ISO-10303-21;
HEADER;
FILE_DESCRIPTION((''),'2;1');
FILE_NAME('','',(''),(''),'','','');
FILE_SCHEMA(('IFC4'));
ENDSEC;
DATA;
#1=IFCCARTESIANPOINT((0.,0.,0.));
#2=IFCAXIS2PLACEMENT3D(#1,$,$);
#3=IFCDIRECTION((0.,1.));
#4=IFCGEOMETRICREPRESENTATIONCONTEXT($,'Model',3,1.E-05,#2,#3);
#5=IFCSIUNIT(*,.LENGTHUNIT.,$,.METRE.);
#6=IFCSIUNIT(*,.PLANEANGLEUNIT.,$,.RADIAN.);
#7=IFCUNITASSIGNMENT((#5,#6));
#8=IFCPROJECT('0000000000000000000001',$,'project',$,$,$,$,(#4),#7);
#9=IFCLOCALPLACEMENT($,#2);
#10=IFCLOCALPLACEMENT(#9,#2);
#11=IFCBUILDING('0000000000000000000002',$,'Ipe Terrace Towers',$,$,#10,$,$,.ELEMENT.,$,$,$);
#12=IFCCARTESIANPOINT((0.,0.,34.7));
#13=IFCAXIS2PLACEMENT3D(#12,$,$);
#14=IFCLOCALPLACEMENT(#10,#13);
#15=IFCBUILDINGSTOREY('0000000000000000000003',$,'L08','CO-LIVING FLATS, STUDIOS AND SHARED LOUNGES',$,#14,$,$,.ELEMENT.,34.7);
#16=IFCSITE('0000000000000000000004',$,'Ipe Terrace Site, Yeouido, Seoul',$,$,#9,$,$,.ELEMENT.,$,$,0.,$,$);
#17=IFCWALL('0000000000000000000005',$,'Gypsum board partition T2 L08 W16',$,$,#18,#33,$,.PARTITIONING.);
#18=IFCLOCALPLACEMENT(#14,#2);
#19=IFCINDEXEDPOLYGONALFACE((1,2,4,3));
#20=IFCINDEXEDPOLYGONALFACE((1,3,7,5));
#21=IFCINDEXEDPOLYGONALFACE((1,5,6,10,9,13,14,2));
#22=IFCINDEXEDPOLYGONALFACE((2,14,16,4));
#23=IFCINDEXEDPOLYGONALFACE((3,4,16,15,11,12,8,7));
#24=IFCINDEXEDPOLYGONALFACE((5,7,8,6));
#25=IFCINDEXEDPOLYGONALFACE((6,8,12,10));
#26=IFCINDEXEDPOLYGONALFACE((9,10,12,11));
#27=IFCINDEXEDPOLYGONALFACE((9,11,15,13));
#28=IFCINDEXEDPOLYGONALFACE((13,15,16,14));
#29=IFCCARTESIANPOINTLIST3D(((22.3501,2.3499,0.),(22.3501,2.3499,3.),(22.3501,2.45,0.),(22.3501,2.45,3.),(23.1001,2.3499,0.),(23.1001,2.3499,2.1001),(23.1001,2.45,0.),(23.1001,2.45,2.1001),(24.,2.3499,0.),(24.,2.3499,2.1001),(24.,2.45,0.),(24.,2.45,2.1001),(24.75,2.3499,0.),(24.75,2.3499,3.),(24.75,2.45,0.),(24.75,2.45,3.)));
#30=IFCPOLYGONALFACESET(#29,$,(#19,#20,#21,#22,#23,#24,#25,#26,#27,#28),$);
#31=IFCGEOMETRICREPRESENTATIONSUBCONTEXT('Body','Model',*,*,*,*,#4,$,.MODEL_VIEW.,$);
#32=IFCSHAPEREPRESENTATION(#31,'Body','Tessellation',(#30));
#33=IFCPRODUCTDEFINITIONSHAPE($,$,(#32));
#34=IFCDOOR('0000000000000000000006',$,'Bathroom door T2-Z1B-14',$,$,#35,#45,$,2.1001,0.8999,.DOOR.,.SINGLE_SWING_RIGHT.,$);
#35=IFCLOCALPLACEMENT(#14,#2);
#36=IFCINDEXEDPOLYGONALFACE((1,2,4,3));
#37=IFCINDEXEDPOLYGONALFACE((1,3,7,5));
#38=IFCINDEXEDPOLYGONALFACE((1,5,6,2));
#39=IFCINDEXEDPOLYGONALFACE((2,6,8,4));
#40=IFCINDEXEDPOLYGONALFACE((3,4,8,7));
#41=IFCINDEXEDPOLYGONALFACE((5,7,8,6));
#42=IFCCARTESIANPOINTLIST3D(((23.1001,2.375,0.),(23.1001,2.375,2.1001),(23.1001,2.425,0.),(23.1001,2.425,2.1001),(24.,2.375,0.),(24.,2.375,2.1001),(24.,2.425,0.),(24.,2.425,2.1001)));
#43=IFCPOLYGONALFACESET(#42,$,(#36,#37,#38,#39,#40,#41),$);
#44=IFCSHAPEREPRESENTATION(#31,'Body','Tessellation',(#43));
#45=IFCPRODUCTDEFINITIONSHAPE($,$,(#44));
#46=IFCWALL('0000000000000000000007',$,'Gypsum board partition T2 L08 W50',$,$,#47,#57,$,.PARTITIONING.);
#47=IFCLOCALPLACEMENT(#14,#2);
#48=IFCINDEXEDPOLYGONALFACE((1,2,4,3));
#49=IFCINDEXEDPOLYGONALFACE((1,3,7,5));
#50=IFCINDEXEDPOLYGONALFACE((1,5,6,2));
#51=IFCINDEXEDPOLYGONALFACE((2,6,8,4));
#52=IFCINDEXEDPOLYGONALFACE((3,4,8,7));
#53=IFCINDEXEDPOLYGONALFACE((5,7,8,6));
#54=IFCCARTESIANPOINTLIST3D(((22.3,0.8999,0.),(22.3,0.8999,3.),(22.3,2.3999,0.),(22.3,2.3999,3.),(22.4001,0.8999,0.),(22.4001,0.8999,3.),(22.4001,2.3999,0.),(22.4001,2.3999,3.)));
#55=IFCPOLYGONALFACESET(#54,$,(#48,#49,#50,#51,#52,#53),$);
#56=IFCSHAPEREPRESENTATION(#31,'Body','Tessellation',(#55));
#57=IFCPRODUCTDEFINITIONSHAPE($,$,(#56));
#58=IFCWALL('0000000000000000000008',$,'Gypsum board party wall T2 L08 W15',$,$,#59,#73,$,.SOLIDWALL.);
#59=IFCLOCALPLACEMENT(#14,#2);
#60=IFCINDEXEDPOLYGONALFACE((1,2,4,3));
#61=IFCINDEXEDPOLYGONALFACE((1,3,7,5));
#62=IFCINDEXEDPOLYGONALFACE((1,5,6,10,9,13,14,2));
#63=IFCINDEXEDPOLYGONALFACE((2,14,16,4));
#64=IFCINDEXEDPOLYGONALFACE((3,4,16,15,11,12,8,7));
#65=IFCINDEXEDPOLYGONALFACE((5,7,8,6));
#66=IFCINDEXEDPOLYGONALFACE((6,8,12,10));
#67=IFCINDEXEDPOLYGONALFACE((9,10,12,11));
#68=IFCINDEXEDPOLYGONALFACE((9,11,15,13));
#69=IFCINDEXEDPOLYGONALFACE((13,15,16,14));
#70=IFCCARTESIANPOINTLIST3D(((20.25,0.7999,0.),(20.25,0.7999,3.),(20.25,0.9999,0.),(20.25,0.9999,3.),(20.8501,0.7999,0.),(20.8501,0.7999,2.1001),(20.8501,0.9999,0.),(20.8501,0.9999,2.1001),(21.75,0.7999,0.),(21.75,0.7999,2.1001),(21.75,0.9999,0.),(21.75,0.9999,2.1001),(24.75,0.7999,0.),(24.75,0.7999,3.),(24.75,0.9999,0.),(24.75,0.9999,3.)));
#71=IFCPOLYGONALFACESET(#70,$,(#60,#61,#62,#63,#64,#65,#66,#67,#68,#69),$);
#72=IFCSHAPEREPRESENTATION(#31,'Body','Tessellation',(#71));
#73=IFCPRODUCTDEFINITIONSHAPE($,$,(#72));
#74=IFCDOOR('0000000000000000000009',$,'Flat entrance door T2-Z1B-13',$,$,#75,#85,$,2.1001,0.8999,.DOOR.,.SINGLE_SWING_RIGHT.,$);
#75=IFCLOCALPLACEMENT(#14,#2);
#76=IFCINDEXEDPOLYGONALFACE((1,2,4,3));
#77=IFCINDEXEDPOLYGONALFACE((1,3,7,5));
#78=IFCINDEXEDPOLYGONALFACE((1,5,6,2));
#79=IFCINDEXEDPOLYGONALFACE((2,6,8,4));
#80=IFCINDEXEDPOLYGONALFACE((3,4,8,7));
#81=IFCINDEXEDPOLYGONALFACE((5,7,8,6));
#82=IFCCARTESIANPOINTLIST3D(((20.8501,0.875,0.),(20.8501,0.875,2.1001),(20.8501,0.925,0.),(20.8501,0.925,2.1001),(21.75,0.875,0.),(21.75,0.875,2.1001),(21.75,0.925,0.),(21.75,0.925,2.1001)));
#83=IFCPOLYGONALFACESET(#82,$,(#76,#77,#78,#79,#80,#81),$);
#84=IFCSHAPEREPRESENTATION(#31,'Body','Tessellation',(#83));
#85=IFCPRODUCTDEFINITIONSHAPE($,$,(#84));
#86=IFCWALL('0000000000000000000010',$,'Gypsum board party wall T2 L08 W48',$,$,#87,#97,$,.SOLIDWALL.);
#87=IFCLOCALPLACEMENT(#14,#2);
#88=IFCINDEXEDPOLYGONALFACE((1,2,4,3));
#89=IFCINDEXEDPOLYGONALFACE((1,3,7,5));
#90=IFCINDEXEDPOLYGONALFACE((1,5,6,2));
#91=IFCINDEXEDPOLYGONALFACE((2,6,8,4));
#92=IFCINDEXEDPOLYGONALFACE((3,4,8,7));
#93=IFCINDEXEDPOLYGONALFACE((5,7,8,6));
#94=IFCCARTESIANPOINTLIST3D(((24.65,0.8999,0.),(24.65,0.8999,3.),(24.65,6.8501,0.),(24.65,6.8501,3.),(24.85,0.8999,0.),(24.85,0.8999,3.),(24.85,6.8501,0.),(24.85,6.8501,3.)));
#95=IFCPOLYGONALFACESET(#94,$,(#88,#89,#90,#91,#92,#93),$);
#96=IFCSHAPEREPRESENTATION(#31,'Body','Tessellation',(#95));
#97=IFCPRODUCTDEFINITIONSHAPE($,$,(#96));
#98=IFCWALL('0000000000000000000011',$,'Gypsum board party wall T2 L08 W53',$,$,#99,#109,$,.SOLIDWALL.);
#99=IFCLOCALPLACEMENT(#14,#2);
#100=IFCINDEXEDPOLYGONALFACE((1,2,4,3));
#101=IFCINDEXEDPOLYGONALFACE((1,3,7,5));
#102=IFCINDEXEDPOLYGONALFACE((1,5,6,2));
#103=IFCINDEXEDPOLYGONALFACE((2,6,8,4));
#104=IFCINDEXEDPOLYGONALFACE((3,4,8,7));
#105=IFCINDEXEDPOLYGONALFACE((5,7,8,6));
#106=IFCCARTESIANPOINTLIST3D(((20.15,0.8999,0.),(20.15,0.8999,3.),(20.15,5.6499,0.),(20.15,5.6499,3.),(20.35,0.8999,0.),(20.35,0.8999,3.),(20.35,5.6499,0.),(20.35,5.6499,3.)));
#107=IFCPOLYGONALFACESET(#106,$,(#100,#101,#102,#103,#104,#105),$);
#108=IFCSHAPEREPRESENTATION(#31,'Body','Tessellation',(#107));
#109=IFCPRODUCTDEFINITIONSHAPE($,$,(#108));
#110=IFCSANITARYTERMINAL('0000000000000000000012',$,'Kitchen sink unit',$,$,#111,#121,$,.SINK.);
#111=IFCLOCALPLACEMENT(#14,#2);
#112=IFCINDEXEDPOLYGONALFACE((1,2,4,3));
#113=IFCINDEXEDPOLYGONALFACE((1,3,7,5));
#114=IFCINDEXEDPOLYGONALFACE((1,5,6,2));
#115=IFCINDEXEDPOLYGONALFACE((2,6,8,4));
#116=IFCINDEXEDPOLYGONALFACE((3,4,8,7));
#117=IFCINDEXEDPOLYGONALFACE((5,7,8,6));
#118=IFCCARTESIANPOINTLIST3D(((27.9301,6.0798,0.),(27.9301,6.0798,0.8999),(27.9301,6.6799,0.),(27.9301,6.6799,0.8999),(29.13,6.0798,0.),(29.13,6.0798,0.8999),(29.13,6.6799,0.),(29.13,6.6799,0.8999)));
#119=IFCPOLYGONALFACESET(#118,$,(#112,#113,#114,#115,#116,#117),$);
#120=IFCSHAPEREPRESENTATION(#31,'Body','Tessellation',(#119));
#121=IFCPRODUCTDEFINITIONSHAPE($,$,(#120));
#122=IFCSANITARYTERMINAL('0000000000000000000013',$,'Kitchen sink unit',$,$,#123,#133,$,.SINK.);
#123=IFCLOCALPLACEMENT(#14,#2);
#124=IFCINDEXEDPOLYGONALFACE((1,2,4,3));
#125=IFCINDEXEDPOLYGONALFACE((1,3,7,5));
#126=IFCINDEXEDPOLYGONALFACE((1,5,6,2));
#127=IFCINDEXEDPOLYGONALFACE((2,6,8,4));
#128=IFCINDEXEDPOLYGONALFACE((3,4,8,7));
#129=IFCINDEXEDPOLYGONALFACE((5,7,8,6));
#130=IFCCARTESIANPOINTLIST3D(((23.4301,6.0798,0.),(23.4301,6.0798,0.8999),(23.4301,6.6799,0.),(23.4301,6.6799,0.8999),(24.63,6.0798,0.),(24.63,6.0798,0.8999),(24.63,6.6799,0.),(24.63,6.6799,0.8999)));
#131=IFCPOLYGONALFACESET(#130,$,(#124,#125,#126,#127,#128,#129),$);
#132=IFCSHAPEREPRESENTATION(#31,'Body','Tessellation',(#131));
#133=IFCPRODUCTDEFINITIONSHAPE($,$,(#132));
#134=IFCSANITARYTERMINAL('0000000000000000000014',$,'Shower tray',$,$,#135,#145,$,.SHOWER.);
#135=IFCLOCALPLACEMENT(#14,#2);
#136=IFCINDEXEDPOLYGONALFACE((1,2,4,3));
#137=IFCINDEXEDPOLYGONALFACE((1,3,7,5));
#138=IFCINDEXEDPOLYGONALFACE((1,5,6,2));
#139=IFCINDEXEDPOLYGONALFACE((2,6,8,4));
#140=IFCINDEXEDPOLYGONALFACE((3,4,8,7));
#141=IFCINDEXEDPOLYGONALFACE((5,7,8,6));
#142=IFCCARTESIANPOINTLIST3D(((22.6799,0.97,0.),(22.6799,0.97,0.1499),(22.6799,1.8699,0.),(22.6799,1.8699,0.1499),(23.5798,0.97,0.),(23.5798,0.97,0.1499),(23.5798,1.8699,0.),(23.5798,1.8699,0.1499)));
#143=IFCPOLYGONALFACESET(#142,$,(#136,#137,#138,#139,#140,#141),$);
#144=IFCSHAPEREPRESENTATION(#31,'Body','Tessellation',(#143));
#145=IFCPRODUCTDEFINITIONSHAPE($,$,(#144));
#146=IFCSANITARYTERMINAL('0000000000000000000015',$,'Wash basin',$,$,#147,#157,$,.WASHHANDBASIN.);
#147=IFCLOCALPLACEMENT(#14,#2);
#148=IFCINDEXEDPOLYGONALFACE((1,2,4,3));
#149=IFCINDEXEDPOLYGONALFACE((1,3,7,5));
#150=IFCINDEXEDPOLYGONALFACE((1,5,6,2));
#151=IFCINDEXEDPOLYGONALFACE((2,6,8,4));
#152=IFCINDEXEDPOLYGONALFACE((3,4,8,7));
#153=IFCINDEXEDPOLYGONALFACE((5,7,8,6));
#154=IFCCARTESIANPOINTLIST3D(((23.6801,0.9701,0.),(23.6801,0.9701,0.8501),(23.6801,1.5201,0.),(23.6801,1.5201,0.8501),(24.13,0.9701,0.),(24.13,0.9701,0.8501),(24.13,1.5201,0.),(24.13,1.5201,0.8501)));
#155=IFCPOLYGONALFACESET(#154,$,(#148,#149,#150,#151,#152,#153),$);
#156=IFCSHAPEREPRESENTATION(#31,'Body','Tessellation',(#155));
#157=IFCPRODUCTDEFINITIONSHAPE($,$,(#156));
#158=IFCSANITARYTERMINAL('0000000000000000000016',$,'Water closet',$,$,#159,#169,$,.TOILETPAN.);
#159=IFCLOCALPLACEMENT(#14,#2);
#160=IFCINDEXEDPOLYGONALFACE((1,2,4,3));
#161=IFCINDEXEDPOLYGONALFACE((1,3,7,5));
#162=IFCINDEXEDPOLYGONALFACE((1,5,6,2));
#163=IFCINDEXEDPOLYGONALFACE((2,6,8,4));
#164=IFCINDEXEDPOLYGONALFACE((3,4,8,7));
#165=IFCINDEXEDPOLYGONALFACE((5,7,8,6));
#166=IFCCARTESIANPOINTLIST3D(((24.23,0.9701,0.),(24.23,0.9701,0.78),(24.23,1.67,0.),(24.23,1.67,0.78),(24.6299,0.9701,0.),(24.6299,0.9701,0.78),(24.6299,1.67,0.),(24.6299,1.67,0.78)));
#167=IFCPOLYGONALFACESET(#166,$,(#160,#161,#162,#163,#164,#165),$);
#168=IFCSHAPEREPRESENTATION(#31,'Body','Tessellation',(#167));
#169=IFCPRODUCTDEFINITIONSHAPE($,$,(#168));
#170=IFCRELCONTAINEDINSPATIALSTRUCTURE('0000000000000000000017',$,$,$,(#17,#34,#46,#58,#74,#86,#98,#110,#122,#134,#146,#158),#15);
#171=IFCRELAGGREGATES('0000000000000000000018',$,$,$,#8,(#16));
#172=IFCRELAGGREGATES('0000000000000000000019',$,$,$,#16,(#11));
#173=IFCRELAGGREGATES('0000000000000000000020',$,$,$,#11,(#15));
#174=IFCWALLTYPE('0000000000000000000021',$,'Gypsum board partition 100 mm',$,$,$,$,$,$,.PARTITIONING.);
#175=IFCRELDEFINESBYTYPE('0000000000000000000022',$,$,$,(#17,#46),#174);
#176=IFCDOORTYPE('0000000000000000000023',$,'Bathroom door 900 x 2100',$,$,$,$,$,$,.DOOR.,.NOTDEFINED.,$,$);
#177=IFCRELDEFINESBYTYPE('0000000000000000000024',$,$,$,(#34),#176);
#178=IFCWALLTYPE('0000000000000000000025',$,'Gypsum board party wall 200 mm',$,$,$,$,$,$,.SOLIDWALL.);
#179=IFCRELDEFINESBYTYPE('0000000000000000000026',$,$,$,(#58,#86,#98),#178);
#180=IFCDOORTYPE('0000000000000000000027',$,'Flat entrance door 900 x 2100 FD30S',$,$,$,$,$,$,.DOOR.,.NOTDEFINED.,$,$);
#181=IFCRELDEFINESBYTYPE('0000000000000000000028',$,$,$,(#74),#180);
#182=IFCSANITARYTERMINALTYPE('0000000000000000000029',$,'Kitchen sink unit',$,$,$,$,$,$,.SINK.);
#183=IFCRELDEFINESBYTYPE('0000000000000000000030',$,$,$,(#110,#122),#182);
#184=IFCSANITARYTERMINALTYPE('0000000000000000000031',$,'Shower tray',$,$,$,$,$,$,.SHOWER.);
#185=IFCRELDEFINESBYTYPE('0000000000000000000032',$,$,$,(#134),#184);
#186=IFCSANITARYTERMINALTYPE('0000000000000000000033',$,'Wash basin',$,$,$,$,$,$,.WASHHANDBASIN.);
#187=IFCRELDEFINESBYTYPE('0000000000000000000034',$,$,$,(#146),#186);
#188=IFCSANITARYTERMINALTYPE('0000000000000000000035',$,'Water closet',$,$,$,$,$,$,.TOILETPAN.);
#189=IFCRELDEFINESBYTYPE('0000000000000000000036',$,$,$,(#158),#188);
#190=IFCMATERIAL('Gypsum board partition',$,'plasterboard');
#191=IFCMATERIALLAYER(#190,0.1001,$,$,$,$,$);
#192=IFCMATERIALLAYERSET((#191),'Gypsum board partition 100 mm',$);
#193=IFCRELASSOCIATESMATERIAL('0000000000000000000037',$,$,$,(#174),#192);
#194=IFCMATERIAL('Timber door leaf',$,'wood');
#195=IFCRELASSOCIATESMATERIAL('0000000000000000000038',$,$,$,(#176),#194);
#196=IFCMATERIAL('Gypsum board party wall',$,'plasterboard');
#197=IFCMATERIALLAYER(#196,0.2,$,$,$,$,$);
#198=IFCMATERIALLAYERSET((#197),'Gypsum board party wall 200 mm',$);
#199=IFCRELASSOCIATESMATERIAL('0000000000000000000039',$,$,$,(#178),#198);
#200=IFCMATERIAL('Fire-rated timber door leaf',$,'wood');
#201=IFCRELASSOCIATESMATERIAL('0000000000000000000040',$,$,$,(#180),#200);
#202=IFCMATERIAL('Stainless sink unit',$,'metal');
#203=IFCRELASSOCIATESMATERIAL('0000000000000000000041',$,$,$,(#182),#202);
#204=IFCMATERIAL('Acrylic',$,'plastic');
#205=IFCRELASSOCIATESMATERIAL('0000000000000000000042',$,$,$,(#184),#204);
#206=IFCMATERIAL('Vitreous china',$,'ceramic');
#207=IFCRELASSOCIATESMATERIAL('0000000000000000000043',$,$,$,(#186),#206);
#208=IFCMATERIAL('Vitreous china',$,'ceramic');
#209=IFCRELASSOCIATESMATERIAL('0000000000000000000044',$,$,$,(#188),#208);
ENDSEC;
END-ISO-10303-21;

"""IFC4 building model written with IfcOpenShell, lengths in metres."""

from ifc_helpers import new_model, si_unit, direction, frame, frame_2d, origin, origin_2d, place, context, subcontext, project, spatial, rectangle, extrude, material, layer, layer_set, type_object, element, fill, save


model = new_model("IFC4")

# Units and contexts
model_context = context("Model", 3, precision=1e-05, world=origin(), true_north=direction((0.0, 1.0)))
body_context = subcontext(model_context, "Body", "Model", "MODEL_VIEW")
ifc_project = project(units=[si_unit("LENGTHUNIT", "METRE"), si_unit("PLANEANGLEUNIT", "RADIAN")], contexts=[model_context])

# Site, building, storey
site_placement = place(None, origin())
site = spatial("IfcSite", under=ifc_project, at=site_placement, Name="Ipe Terrace Site, Yeouido, Seoul", CompositionType="ELEMENT", RefElevation=0.0)
building_placement = place(site_placement, origin())
building = spatial("IfcBuilding", under=site, at=building_placement, Name="Ipe Terrace Towers", CompositionType="ELEMENT")
storey_placement = place(building_placement, frame((0.0, 0.0, 34.7)))
storey = spatial("IfcBuildingStorey", under=building, at=storey_placement, Name="L08", Description="CO-LIVING FLATS, STUDIOS AND SHARED LOUNGES", CompositionType="ELEMENT", Elevation=34.7)

# Wall, opening, door
ifc_material_1 = material(Name="Gypsum board partition", Category="plasterboard")
ifc_layer_1 = layer(ifc_material_1, 0.1001)
ifc_layer_set_1 = layer_set([ifc_layer_1], Name="Gypsum board partition 100 mm")
wall_type_1 = type_object("IfcWallType", Name="Gypsum board partition 100 mm", PredefinedType="PARTITIONING", material=ifc_layer_set_1)
wall_1_placement = place(storey_placement, frame((24.75, 2.3999, 0.0), z_axis=(0.0, 0.0, 1.0), x_axis=(-1.0, 0.0, 0.0)))
wall_1 = element("IfcWall", 1, at=wall_1_placement, inside=storey, type_object=wall_type_1, Name="Gypsum board partition T2 L08 W16", PredefinedType="PARTITIONING", context=body_context, shape_type="SweptSolid", body=[
    extrude(rectangle(XDim=2.3999, YDim=0.1001, at=frame_2d((1.2, 0.0))), origin(), (0.0, 0.0, 1.0), 3.0),
])
opening_1_placement = place(wall_1_placement, frame((0.75, 0.0, 0.0)))
opening_1 = element("IfcOpeningElement", 2, at=opening_1_placement, cuts=wall_1, PredefinedType="OPENING", context=body_context, shape_type="SweptSolid", body=[
    extrude(rectangle(XDim=0.8999, YDim=2.1001, at=frame_2d((0.45, 1.05))), frame((0.0, 0.0601, 0.0), z_axis=(0.0, -1.0, 0.0), x_axis=(1.0, 0.0, 0.0)), (0.0, 0.0, 1.0), 0.1201),
])
ifc_material_2 = material(Name="Timber door leaf", Category="wood")
door_type_1 = type_object("IfcDoorType", Name="Bathroom door 900 x 2100", OperationType="NOTDEFINED", PredefinedType="DOOR", material=ifc_material_2)
door_1_placement = place(opening_1_placement, origin())
door_1 = element("IfcDoor", 3, at=door_1_placement, inside=storey, type_object=door_type_1, Name="Bathroom door T2-Z1B-14", OperationType="SINGLE_SWING_RIGHT", OverallHeight=2.1001, OverallWidth=0.8999, PredefinedType="DOOR", context=body_context, shape_type="SweptSolid", body=[
    extrude(rectangle(XDim=0.8999, YDim=2.1001, at=frame_2d((0.45, 1.05))), frame((0.0, 0.0249, 0.0), z_axis=(0.0, -1.0, 0.0), x_axis=(1.0, 0.0, 0.0)), (0.0, 0.0, 1.0), 0.05),
])
fill(opening_1, door_1)

# Wall
wall_2_placement = place(storey_placement, frame((22.3501, 0.8999, 0.0), z_axis=(0.0, 0.0, 1.0), x_axis=(0.0, 1.0, 0.0)))
element("IfcWall", 4, at=wall_2_placement, inside=storey, type_object=wall_type_1, Name="Gypsum board partition T2 L08 W50", PredefinedType="PARTITIONING", context=body_context, shape_type="SweptSolid", body=[
    extrude(rectangle(XDim=1.5, YDim=0.1001, at=frame_2d((0.75, 0.0))), origin(), (0.0, 0.0, 1.0), 3.0),
])

# Wall, opening, door
ifc_material_3 = material(Name="Gypsum board party wall", Category="plasterboard")
ifc_layer_2 = layer(ifc_material_3, 0.2)
ifc_layer_set_2 = layer_set([ifc_layer_2], Name="Gypsum board party wall 200 mm")
wall_type_2 = type_object("IfcWallType", Name="Gypsum board party wall 200 mm", PredefinedType="SOLIDWALL", material=ifc_layer_set_2)
wall_3_placement = place(storey_placement, frame((24.75, 0.8999, 0.0), z_axis=(0.0, 0.0, 1.0), x_axis=(-1.0, 0.0, 0.0)))
wall_3 = element("IfcWall", 5, at=wall_3_placement, inside=storey, type_object=wall_type_2, Name="Gypsum board party wall T2 L08 W15", PredefinedType="SOLIDWALL", context=body_context, shape_type="SweptSolid", body=[
    extrude(rectangle(XDim=4.5, YDim=0.2, at=frame_2d((2.25, 0.0))), origin(), (0.0, 0.0, 1.0), 3.0),
])
opening_2_placement = place(wall_3_placement, frame((3.0, 0.0, 0.0)))
opening_2 = element("IfcOpeningElement", 6, at=opening_2_placement, cuts=wall_3, PredefinedType="OPENING", context=body_context, shape_type="SweptSolid", body=[
    extrude(rectangle(XDim=0.8999, YDim=2.1001, at=frame_2d((0.45, 1.05))), frame((0.0, 0.1099, 0.0), z_axis=(0.0, -1.0, 0.0), x_axis=(1.0, 0.0, 0.0)), (0.0, 0.0, 1.0), 0.22),
])
ifc_material_4 = material(Name="Fire-rated timber door leaf", Category="wood")
door_type_2 = type_object("IfcDoorType", Name="Flat entrance door 900 x 2100 FD30S", OperationType="NOTDEFINED", PredefinedType="DOOR", material=ifc_material_4)
door_2_placement = place(opening_2_placement, origin())
door_2 = element("IfcDoor", 7, at=door_2_placement, inside=storey, type_object=door_type_2, Name="Flat entrance door T2-Z1B-13", OperationType="SINGLE_SWING_RIGHT", OverallHeight=2.1001, OverallWidth=0.8999, PredefinedType="DOOR", context=body_context, shape_type="SweptSolid", body=[
    extrude(rectangle(XDim=0.8999, YDim=2.1001, at=frame_2d((0.45, 1.05))), frame((0.0, 0.0249, 0.0), z_axis=(0.0, -1.0, 0.0), x_axis=(1.0, 0.0, 0.0)), (0.0, 0.0, 1.0), 0.05),
])
fill(opening_2, door_2)

# Walls
wall_4_placement = place(storey_placement, frame((24.75, 0.8999, 0.0), z_axis=(0.0, 0.0, 1.0), x_axis=(0.0, 1.0, 0.0)))
element("IfcWall", 8, at=wall_4_placement, inside=storey, type_object=wall_type_2, Name="Gypsum board party wall T2 L08 W48", PredefinedType="SOLIDWALL", context=body_context, shape_type="SweptSolid", body=[
    extrude(rectangle(XDim=5.9502, YDim=0.2, at=frame_2d((2.9751, 0.0))), origin(), (0.0, 0.0, 1.0), 3.0),
])
wall_5_placement = place(storey_placement, frame((20.25, 0.8999, 0.0), z_axis=(0.0, 0.0, 1.0), x_axis=(0.0, 1.0, 0.0)))
element("IfcWall", 9, at=wall_5_placement, inside=storey, type_object=wall_type_2, Name="Gypsum board party wall T2 L08 W53", PredefinedType="SOLIDWALL", context=body_context, shape_type="SweptSolid", body=[
    extrude(rectangle(XDim=4.75, YDim=0.2, at=frame_2d((2.375, 0.0))), origin(), (0.0, 0.0, 1.0), 3.0),
])

# Sanitary terminals
ifc_material_5 = material(Name="Stainless sink unit", Category="metal")
sanitary_terminal_type_1 = type_object("IfcSanitaryTerminalType", Name="Kitchen sink unit", PredefinedType="SINK", material=ifc_material_5)
for number, where, z_axis, x_axis, name in (
    (10, (28.53, 6.3799, 0.0), (0.0, 0.0, 1.0), (1.0, 0.0, 0.0), "Kitchen sink unit"),
    (11, (24.03, 6.3799, 0.0), (0.0, 0.0, 1.0), (1.0, 0.0, 0.0), "Kitchen sink unit"),
):
    element("IfcSanitaryTerminal", number, at=place(storey_placement, frame(where, z_axis=z_axis, x_axis=x_axis)), inside=storey, type_object=sanitary_terminal_type_1, Name=name, PredefinedType="SINK", context=body_context, shape_type="SweptSolid", body=[
        extrude(rectangle(XDim=1.2, YDim=0.6001, at=origin_2d()), origin(), (0.0, 0.0, 1.0), 0.8999),
    ])
ifc_material_6 = material(Name="Acrylic", Category="plastic")
sanitary_terminal_type_2 = type_object("IfcSanitaryTerminalType", Name="Shower tray", PredefinedType="SHOWER", material=ifc_material_6)
sanitary_terminal_1_placement = place(storey_placement, frame((23.1299, 1.4199, 0.0), z_axis=(0.0, 0.0, 1.0), x_axis=(0.0, 1.0, 0.0)))
element("IfcSanitaryTerminal", 12, at=sanitary_terminal_1_placement, inside=storey, type_object=sanitary_terminal_type_2, Name="Shower tray", PredefinedType="SHOWER", context=body_context, shape_type="SweptSolid", body=[
    extrude(rectangle(XDim=0.8999, YDim=0.8999, at=origin_2d()), origin(), (0.0, 0.0, 1.0), 0.1499),
])
ifc_material_7 = material(Name="Vitreous china", Category="ceramic")
sanitary_terminal_type_3 = type_object("IfcSanitaryTerminalType", Name="Wash basin", PredefinedType="WASHHANDBASIN", material=ifc_material_7)
sanitary_terminal_2_placement = place(storey_placement, frame((23.905, 1.2451, 0.0), z_axis=(0.0, 0.0, 1.0), x_axis=(0.0, 1.0, 0.0)))
element("IfcSanitaryTerminal", 13, at=sanitary_terminal_2_placement, inside=storey, type_object=sanitary_terminal_type_3, Name="Wash basin", PredefinedType="WASHHANDBASIN", context=body_context, shape_type="SweptSolid", body=[
    extrude(rectangle(XDim=0.55, YDim=0.45, at=origin_2d()), origin(), (0.0, 0.0, 1.0), 0.8501),
])
ifc_material_8 = material(Name="Vitreous china", Category="ceramic")
sanitary_terminal_type_4 = type_object("IfcSanitaryTerminalType", Name="Water closet", PredefinedType="TOILETPAN", material=ifc_material_8)
sanitary_terminal_3_placement = place(storey_placement, frame((24.4299, 1.3201, 0.0), z_axis=(0.0, 0.0, 1.0), x_axis=(0.0, 1.0, 0.0)))
element("IfcSanitaryTerminal", 14, at=sanitary_terminal_3_placement, inside=storey, type_object=sanitary_terminal_type_4, Name="Water closet", PredefinedType="TOILETPAN", context=body_context, shape_type="SweptSolid", body=[
    extrude(rectangle(XDim=0.7, YDim=0.3999, at=origin_2d()), origin(), (0.0, 0.0, 1.0), 0.78),
])

save(model, "model.ifc")
